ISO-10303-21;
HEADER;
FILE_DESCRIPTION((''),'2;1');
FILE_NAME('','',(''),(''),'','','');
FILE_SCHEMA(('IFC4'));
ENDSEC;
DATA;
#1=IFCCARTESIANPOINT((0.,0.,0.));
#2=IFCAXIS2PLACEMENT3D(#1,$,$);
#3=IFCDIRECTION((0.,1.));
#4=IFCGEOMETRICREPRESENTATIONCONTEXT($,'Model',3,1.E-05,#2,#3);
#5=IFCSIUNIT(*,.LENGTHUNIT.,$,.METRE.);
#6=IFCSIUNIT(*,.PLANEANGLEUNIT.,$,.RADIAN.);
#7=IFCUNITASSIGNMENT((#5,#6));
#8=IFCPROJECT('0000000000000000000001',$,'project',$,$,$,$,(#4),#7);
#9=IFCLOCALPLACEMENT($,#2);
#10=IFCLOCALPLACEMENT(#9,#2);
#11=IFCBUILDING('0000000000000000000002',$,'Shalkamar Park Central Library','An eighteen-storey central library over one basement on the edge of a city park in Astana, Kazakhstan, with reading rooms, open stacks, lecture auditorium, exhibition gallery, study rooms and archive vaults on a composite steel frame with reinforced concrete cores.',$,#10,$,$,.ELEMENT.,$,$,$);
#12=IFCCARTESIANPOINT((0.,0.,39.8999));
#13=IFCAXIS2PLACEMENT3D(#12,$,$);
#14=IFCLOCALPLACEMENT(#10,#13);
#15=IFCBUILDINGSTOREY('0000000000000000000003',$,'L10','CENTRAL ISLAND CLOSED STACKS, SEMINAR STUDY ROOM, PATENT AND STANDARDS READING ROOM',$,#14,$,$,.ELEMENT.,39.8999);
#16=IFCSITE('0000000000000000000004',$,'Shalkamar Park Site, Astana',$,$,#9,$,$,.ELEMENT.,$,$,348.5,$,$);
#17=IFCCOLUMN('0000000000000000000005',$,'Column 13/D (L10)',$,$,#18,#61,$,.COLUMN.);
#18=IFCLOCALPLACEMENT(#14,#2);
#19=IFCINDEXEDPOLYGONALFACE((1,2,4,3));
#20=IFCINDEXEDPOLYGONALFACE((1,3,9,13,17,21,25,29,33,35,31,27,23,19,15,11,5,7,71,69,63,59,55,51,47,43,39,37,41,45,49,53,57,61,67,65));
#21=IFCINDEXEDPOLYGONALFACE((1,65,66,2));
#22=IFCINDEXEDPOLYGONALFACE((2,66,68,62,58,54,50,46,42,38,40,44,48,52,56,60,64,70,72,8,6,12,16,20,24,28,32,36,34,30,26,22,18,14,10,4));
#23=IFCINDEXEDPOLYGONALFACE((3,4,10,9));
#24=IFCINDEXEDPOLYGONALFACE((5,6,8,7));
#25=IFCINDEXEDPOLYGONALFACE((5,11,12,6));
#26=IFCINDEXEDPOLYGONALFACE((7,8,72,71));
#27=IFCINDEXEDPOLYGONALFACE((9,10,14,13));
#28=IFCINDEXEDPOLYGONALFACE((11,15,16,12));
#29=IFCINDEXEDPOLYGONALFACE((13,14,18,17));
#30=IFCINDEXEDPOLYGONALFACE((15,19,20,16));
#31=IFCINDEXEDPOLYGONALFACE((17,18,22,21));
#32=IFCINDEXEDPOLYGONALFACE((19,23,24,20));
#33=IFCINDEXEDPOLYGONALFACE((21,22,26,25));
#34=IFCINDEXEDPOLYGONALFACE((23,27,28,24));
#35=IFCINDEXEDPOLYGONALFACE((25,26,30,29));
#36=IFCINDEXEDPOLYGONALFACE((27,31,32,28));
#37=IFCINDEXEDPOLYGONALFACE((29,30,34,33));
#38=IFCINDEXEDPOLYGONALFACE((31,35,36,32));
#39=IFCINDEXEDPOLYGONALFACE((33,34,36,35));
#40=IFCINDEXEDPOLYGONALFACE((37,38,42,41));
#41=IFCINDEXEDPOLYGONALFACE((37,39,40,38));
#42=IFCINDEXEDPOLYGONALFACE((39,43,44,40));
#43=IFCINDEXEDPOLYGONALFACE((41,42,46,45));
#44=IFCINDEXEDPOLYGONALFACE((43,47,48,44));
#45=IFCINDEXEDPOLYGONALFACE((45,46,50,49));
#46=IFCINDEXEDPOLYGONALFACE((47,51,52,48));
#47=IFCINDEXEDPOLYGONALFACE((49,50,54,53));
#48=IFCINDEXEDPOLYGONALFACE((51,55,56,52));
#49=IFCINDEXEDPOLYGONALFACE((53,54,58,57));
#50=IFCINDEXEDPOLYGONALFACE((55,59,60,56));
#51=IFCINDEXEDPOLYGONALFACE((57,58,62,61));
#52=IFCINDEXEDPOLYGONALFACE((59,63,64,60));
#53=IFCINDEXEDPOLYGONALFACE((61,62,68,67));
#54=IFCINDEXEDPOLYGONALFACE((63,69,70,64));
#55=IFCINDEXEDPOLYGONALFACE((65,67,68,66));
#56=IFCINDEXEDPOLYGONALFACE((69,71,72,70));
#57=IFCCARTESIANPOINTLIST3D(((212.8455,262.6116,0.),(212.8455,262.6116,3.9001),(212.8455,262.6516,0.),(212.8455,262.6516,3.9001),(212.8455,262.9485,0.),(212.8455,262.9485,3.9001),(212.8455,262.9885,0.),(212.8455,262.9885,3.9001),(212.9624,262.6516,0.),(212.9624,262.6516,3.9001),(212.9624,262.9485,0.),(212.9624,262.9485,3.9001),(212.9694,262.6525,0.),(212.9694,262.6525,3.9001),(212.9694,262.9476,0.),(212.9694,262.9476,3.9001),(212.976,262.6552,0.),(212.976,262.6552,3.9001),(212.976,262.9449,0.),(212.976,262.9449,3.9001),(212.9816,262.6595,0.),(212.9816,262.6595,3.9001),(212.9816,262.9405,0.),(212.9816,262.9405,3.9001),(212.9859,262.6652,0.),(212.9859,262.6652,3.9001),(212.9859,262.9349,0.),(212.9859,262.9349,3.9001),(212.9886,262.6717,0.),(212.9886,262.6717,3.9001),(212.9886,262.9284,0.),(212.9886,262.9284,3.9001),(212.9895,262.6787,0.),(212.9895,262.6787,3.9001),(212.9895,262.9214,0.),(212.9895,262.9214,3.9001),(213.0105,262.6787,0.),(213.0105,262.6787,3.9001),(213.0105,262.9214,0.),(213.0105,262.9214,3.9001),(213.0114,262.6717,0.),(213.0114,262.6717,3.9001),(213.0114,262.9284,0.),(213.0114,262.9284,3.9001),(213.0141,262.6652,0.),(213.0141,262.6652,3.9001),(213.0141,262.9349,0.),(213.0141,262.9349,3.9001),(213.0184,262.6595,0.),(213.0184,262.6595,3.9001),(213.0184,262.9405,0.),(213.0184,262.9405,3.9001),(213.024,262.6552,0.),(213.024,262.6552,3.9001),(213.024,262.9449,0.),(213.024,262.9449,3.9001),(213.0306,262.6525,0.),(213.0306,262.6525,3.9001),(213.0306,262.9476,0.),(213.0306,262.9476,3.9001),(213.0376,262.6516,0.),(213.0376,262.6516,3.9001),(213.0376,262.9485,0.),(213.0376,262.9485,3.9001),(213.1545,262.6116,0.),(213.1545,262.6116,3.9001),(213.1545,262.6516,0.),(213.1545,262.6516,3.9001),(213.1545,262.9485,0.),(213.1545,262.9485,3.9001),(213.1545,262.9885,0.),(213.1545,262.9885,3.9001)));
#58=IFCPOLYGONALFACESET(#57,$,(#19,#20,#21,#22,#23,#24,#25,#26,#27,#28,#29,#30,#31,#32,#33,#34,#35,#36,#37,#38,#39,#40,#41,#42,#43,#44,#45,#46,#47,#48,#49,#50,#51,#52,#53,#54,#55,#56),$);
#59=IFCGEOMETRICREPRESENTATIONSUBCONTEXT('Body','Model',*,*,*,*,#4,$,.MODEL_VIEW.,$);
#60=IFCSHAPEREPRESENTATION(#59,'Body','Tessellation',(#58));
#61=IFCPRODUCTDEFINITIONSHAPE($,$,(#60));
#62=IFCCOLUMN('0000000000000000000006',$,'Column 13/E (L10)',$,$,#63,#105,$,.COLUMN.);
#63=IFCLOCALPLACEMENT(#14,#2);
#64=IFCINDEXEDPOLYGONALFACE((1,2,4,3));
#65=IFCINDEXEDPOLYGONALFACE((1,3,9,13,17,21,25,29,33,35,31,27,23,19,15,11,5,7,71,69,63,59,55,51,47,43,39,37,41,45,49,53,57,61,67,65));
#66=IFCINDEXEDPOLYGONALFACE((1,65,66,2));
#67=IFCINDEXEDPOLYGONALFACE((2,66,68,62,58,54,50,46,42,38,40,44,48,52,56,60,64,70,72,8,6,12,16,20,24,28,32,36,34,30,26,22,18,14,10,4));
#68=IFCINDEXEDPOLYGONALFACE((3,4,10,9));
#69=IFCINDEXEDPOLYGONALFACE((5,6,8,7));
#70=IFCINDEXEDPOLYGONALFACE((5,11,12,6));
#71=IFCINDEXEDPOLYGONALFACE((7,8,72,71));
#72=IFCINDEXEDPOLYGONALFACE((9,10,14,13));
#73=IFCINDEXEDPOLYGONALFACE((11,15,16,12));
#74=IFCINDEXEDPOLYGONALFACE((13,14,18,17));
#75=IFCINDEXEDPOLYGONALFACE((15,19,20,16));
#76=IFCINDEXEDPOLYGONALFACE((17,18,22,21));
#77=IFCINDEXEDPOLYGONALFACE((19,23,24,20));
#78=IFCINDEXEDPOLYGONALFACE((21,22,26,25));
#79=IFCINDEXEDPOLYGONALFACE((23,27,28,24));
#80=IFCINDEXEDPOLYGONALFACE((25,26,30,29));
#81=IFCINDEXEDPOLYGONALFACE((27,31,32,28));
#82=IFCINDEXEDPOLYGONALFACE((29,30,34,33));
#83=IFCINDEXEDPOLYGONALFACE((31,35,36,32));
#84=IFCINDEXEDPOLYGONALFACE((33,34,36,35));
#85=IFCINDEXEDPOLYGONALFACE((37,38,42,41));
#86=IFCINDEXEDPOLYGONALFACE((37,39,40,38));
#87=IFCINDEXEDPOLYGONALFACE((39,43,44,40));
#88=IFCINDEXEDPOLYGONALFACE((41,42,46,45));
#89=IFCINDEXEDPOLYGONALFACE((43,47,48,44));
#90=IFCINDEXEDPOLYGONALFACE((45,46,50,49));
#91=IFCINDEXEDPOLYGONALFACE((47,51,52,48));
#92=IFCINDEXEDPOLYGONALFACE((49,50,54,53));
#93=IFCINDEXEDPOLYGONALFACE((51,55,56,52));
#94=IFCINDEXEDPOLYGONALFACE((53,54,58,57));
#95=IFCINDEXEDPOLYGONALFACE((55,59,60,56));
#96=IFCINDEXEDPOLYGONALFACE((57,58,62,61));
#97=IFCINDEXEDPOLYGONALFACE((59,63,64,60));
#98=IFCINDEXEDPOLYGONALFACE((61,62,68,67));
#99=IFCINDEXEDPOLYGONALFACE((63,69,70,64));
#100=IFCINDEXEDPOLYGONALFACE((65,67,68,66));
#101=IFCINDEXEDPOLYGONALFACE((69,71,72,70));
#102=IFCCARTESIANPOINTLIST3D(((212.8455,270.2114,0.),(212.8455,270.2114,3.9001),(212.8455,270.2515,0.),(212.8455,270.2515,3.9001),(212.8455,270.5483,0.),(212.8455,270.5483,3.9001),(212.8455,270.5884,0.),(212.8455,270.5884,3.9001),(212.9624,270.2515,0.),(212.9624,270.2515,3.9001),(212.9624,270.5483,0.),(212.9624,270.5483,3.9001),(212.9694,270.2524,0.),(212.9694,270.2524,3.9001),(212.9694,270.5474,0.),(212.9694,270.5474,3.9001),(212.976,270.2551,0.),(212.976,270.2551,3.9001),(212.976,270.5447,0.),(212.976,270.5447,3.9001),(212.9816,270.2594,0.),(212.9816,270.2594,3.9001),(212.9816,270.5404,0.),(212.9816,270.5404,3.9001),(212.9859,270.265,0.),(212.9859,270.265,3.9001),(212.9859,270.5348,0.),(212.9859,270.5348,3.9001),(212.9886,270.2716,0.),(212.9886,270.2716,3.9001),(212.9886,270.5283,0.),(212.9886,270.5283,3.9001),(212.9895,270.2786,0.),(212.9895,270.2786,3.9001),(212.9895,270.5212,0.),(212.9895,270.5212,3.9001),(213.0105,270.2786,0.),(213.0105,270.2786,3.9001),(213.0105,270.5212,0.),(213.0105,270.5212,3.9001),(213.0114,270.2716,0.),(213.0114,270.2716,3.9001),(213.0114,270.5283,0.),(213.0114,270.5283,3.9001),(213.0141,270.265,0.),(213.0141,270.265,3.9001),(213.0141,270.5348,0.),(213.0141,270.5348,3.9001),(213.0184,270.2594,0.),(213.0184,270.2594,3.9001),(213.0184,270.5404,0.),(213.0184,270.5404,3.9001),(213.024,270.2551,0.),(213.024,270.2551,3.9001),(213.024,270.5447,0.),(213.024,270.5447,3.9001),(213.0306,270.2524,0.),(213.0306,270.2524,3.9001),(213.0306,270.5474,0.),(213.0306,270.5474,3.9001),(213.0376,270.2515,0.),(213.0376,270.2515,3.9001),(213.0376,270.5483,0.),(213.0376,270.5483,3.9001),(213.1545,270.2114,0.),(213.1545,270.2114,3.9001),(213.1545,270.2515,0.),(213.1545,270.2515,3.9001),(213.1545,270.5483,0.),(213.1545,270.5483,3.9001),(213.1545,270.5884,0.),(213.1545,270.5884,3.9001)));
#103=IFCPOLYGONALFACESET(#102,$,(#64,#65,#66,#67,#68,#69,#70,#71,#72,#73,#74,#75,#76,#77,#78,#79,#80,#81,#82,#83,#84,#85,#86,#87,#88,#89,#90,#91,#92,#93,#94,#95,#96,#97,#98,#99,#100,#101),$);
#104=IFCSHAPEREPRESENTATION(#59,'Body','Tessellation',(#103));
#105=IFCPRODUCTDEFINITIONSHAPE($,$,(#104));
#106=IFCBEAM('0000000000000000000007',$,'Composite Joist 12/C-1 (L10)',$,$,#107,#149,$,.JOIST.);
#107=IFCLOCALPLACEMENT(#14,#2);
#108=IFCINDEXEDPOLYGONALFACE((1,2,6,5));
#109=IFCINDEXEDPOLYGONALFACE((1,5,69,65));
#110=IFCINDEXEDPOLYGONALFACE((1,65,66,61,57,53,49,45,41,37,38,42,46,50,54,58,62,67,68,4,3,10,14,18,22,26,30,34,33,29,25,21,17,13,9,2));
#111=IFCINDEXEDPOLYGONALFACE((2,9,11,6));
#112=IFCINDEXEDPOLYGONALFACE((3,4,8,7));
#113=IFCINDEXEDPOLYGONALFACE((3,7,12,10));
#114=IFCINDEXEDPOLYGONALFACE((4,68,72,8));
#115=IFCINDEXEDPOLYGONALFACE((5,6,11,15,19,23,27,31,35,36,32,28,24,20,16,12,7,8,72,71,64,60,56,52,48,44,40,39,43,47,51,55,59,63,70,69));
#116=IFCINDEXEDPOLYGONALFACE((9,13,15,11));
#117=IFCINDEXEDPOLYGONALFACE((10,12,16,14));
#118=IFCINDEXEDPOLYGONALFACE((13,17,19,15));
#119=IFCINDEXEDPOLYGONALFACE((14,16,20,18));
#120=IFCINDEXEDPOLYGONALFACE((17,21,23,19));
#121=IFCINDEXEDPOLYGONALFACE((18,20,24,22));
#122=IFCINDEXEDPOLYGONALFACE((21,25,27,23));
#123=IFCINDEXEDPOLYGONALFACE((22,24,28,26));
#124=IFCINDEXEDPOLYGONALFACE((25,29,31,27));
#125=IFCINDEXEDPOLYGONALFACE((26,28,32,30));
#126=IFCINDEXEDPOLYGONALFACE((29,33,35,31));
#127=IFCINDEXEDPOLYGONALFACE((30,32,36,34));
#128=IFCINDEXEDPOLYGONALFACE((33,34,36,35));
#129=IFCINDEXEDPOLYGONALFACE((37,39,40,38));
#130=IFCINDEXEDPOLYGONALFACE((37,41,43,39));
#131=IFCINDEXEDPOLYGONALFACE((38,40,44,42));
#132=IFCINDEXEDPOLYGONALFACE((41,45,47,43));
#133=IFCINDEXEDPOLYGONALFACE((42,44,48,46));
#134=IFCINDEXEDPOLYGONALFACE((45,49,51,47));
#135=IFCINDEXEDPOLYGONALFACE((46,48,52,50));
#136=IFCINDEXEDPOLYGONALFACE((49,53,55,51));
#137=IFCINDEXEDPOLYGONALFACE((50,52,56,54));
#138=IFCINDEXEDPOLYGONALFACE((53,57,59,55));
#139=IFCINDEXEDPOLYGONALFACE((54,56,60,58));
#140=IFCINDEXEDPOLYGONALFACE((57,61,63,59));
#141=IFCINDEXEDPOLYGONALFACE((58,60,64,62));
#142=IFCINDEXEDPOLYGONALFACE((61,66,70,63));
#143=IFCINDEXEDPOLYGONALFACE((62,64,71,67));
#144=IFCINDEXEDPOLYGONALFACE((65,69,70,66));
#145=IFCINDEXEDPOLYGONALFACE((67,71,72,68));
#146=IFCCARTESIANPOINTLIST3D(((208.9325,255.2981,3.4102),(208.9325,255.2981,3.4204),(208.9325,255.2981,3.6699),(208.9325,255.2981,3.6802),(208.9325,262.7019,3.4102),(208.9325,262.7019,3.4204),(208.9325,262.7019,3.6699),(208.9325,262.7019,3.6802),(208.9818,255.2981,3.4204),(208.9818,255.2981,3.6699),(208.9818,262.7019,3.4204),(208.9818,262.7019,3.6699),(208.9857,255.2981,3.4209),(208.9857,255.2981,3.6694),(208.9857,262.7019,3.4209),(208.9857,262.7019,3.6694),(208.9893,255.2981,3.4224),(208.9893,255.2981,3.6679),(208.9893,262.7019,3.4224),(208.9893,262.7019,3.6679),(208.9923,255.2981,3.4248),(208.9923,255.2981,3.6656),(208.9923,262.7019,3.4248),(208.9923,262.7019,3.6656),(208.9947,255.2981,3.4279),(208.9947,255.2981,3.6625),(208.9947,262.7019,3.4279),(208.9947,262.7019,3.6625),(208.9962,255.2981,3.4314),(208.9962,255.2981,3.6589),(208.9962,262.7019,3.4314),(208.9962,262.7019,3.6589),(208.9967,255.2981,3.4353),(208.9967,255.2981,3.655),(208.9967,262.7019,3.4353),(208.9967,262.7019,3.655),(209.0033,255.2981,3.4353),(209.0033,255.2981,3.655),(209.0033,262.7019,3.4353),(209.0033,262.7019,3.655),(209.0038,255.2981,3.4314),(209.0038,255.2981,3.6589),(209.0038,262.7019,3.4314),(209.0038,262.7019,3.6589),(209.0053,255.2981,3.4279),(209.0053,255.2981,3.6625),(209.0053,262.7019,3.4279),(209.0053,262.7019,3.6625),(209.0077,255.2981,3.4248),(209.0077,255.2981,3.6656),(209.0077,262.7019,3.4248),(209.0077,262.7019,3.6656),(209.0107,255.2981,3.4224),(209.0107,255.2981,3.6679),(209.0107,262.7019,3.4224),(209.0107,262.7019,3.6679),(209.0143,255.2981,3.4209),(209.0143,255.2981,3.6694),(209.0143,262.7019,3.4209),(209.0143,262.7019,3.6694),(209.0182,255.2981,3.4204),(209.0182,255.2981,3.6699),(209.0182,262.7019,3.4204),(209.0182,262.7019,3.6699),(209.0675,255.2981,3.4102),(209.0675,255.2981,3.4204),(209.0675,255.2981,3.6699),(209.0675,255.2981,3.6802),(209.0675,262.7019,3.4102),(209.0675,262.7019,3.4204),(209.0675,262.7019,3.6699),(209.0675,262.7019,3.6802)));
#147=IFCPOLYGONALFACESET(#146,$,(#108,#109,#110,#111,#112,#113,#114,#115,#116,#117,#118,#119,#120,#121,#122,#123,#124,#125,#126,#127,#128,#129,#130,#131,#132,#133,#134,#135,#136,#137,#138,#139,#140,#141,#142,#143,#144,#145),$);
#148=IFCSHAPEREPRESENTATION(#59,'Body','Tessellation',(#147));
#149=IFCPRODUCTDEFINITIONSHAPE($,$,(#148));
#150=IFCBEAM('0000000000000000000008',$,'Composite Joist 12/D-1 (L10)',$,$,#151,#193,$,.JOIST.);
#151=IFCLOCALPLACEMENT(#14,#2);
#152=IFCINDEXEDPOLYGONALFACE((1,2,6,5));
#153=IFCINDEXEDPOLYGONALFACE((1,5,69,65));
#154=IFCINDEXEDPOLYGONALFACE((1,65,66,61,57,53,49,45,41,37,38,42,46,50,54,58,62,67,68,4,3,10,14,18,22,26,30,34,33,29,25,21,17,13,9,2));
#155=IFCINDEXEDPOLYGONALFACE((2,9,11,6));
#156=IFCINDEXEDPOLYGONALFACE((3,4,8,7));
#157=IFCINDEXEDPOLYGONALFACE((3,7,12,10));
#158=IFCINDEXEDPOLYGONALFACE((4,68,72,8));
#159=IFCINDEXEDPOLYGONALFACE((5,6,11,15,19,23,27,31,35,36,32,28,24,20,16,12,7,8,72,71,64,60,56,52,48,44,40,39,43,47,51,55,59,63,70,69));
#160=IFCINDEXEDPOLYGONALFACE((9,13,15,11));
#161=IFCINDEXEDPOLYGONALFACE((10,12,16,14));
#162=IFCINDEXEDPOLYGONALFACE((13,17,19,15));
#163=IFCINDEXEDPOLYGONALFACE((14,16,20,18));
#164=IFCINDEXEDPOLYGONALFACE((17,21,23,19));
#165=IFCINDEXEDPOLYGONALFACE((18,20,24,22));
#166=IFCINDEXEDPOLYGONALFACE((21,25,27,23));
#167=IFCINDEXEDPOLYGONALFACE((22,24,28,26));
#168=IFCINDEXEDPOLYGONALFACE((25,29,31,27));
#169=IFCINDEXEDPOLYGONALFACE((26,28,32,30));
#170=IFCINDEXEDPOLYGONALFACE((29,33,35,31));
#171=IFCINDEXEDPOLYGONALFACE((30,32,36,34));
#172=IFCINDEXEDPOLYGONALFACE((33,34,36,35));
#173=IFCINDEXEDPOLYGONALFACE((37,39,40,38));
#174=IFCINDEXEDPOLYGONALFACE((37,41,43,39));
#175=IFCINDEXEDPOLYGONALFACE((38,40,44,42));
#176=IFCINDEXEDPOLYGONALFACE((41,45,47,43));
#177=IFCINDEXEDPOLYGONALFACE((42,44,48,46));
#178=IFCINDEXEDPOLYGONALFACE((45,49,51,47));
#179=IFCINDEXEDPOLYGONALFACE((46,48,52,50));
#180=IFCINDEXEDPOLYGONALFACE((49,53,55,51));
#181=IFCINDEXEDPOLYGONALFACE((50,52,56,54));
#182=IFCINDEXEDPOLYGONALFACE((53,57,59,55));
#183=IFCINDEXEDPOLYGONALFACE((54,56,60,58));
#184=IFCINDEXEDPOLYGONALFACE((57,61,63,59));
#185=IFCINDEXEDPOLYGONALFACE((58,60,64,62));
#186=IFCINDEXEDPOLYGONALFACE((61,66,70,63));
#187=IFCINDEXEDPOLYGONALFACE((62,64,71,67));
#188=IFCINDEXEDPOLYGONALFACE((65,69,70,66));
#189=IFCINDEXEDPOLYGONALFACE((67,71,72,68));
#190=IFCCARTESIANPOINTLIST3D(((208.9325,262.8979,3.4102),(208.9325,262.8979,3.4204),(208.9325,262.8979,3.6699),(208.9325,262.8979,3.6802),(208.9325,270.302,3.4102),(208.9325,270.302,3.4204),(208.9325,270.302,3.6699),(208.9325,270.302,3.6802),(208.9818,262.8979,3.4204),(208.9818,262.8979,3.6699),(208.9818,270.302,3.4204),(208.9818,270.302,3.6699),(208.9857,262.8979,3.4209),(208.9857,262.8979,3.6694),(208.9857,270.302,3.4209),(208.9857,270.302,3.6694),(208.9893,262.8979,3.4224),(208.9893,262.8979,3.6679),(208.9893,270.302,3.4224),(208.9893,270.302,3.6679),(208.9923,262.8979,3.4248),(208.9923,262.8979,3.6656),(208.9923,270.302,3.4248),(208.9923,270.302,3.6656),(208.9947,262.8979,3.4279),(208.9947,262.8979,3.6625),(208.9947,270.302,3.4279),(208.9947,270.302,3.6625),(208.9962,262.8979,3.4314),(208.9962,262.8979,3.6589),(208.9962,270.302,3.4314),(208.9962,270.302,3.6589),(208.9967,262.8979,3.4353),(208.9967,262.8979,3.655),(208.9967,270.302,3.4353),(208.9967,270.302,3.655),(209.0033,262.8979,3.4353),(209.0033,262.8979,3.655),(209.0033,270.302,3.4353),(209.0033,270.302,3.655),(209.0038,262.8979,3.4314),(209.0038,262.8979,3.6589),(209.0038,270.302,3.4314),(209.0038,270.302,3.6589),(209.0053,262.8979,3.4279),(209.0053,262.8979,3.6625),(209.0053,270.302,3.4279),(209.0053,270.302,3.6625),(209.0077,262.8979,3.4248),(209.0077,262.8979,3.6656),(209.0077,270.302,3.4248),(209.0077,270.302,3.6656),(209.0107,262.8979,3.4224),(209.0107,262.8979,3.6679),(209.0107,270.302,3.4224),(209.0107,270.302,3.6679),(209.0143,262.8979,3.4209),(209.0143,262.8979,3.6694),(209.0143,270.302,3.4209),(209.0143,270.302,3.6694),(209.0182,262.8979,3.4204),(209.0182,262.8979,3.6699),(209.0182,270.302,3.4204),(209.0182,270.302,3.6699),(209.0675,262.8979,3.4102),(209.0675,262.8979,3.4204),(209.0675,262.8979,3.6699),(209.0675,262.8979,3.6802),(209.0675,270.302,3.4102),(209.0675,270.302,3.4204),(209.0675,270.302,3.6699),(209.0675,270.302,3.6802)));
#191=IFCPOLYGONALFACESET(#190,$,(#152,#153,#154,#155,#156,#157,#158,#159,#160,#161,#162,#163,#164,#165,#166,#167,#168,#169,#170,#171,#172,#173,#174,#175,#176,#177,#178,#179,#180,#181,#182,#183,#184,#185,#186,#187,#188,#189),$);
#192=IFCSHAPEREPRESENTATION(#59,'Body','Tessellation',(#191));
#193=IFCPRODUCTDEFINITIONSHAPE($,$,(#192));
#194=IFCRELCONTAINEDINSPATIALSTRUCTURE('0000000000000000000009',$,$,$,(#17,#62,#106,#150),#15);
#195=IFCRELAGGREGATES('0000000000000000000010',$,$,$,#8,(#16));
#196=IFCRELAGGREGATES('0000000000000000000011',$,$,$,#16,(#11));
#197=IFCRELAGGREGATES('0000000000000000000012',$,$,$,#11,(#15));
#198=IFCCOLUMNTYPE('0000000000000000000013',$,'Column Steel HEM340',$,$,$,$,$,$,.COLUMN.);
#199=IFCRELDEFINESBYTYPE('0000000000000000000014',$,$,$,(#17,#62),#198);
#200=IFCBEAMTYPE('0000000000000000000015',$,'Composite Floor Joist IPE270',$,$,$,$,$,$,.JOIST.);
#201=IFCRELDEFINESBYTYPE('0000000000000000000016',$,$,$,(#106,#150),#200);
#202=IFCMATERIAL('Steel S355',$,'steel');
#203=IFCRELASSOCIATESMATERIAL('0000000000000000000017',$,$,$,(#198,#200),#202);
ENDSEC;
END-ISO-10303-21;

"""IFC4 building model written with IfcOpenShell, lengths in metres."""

from ifc_helpers import new_model, si_unit, direction, frame, origin, origin_2d, place, context, subcontext, project, spatial, i_section, extrude, material, material_profile, profile_set, type_object, element, save


model = new_model("IFC4")

# Units and contexts
model_context = context("Model", 3, precision=1e-05, world=origin(), true_north=direction((0.0, 1.0)))
body_context = subcontext(model_context, "Body", "Model", "MODEL_VIEW")
ifc_project = project(units=[si_unit("LENGTHUNIT", "METRE"), si_unit("PLANEANGLEUNIT", "RADIAN")], contexts=[model_context])

# Site, building, storey
site_placement = place(None, origin())
site = spatial("IfcSite", under=ifc_project, at=site_placement, Name="Shalkamar Park Site, Astana", CompositionType="ELEMENT", RefElevation=348.5)
building_placement = place(site_placement, origin())
building = spatial("IfcBuilding", under=site, at=building_placement, Name="Shalkamar Park Central Library", Description="An eighteen-storey central library over one basement on the edge of a city park in Astana, Kazakhstan, with reading rooms, open stacks, lecture auditorium, exhibition gallery, study rooms and archive vaults on a composite steel frame with reinforced concrete cores.", CompositionType="ELEMENT")
storey_placement = place(building_placement, frame((0.0, 0.0, 39.8999)))
storey = spatial("IfcBuildingStorey", under=building, at=storey_placement, Name="L10", Description="CENTRAL ISLAND CLOSED STACKS, SEMINAR STUDY ROOM, PATENT AND STANDARDS READING ROOM", CompositionType="ELEMENT", Elevation=39.8999)

# Columns
ifc_material_1 = material(Name="Steel S355", Category="steel")
ifc_material_profile_1 = material_profile(ifc_material_1, i_section(OverallWidth=0.3091, OverallDepth=0.377, WebThickness=0.021, FlangeThickness=0.04, FilletRadius=0.0271, at=origin_2d()), Name="HEM 340")
ifc_profile_set_1 = profile_set([ifc_material_profile_1], Name="Steel S355")
column_type_1 = type_object("IfcColumnType", Name="Column Steel HEM340", PredefinedType="COLUMN", material=ifc_profile_set_1)
for number, where, z_axis, x_axis, name in (
    (1, (213.0, 262.8, 0.0), (0.0, 0.0, 1.0), (1.0, 0.0, 0.0), "Column 13/D (L10)"),
    (2, (213.0, 270.3999, 0.0), (0.0, 0.0, 1.0), (1.0, 0.0, 0.0), "Column 13/E (L10)"),
):
    element("IfcColumn", number, at=place(storey_placement, frame(where, z_axis=z_axis, x_axis=x_axis)), inside=storey, type_object=column_type_1, Name=name, PredefinedType="COLUMN", context=body_context, shape_type="SweptSolid", body=[
        extrude(i_section(OverallWidth=0.3091, OverallDepth=0.377, WebThickness=0.021, FlangeThickness=0.04, FilletRadius=0.0271, at=origin_2d()), origin(), (0.0, 0.0, 1.0), 3.9001),
    ])

# Beams
ifc_material_profile_2 = material_profile(ifc_material_1, i_section(OverallWidth=0.135, OverallDepth=0.27, WebThickness=0.0066, FlangeThickness=0.0103, FilletRadius=0.0149, at=origin_2d()), Name="IPE 270")
ifc_profile_set_2 = profile_set([ifc_material_profile_2], Name="Steel S355")
beam_type_1 = type_object("IfcBeamType", Name="Composite Floor Joist IPE270", PredefinedType="JOIST", material=ifc_profile_set_2)
beam_1_placement = place(storey_placement, frame((209.0, 255.2981, 3.5452), z_axis=(0.0, 1.0, 0.0), x_axis=(-1.0, 0.0, 0.0)))
element("IfcBeam", 3, at=beam_1_placement, inside=storey, type_object=beam_type_1, Name="Composite Joist 12/C-1 (L10)", PredefinedType="JOIST", context=body_context, shape_type="SweptSolid", body=[
    extrude(i_section(OverallWidth=0.135, OverallDepth=0.27, WebThickness=0.0066, FlangeThickness=0.0103, FilletRadius=0.0149, at=origin_2d()), origin(), (0.0, 0.0, 1.0), 7.4038),
])
beam_2_placement = place(storey_placement, frame((209.0, 262.8979, 3.5452), z_axis=(0.0, 1.0, 0.0), x_axis=(-1.0, 0.0, 0.0)))
element("IfcBeam", 4, at=beam_2_placement, inside=storey, type_object=beam_type_1, Name="Composite Joist 12/D-1 (L10)", PredefinedType="JOIST", context=body_context, shape_type="SweptSolid", body=[
    extrude(i_section(OverallWidth=0.135, OverallDepth=0.27, WebThickness=0.0066, FlangeThickness=0.0103, FilletRadius=0.0149, at=origin_2d()), origin(), (0.0, 0.0, 1.0), 7.4041),
])

save(model, "model.ifc")
